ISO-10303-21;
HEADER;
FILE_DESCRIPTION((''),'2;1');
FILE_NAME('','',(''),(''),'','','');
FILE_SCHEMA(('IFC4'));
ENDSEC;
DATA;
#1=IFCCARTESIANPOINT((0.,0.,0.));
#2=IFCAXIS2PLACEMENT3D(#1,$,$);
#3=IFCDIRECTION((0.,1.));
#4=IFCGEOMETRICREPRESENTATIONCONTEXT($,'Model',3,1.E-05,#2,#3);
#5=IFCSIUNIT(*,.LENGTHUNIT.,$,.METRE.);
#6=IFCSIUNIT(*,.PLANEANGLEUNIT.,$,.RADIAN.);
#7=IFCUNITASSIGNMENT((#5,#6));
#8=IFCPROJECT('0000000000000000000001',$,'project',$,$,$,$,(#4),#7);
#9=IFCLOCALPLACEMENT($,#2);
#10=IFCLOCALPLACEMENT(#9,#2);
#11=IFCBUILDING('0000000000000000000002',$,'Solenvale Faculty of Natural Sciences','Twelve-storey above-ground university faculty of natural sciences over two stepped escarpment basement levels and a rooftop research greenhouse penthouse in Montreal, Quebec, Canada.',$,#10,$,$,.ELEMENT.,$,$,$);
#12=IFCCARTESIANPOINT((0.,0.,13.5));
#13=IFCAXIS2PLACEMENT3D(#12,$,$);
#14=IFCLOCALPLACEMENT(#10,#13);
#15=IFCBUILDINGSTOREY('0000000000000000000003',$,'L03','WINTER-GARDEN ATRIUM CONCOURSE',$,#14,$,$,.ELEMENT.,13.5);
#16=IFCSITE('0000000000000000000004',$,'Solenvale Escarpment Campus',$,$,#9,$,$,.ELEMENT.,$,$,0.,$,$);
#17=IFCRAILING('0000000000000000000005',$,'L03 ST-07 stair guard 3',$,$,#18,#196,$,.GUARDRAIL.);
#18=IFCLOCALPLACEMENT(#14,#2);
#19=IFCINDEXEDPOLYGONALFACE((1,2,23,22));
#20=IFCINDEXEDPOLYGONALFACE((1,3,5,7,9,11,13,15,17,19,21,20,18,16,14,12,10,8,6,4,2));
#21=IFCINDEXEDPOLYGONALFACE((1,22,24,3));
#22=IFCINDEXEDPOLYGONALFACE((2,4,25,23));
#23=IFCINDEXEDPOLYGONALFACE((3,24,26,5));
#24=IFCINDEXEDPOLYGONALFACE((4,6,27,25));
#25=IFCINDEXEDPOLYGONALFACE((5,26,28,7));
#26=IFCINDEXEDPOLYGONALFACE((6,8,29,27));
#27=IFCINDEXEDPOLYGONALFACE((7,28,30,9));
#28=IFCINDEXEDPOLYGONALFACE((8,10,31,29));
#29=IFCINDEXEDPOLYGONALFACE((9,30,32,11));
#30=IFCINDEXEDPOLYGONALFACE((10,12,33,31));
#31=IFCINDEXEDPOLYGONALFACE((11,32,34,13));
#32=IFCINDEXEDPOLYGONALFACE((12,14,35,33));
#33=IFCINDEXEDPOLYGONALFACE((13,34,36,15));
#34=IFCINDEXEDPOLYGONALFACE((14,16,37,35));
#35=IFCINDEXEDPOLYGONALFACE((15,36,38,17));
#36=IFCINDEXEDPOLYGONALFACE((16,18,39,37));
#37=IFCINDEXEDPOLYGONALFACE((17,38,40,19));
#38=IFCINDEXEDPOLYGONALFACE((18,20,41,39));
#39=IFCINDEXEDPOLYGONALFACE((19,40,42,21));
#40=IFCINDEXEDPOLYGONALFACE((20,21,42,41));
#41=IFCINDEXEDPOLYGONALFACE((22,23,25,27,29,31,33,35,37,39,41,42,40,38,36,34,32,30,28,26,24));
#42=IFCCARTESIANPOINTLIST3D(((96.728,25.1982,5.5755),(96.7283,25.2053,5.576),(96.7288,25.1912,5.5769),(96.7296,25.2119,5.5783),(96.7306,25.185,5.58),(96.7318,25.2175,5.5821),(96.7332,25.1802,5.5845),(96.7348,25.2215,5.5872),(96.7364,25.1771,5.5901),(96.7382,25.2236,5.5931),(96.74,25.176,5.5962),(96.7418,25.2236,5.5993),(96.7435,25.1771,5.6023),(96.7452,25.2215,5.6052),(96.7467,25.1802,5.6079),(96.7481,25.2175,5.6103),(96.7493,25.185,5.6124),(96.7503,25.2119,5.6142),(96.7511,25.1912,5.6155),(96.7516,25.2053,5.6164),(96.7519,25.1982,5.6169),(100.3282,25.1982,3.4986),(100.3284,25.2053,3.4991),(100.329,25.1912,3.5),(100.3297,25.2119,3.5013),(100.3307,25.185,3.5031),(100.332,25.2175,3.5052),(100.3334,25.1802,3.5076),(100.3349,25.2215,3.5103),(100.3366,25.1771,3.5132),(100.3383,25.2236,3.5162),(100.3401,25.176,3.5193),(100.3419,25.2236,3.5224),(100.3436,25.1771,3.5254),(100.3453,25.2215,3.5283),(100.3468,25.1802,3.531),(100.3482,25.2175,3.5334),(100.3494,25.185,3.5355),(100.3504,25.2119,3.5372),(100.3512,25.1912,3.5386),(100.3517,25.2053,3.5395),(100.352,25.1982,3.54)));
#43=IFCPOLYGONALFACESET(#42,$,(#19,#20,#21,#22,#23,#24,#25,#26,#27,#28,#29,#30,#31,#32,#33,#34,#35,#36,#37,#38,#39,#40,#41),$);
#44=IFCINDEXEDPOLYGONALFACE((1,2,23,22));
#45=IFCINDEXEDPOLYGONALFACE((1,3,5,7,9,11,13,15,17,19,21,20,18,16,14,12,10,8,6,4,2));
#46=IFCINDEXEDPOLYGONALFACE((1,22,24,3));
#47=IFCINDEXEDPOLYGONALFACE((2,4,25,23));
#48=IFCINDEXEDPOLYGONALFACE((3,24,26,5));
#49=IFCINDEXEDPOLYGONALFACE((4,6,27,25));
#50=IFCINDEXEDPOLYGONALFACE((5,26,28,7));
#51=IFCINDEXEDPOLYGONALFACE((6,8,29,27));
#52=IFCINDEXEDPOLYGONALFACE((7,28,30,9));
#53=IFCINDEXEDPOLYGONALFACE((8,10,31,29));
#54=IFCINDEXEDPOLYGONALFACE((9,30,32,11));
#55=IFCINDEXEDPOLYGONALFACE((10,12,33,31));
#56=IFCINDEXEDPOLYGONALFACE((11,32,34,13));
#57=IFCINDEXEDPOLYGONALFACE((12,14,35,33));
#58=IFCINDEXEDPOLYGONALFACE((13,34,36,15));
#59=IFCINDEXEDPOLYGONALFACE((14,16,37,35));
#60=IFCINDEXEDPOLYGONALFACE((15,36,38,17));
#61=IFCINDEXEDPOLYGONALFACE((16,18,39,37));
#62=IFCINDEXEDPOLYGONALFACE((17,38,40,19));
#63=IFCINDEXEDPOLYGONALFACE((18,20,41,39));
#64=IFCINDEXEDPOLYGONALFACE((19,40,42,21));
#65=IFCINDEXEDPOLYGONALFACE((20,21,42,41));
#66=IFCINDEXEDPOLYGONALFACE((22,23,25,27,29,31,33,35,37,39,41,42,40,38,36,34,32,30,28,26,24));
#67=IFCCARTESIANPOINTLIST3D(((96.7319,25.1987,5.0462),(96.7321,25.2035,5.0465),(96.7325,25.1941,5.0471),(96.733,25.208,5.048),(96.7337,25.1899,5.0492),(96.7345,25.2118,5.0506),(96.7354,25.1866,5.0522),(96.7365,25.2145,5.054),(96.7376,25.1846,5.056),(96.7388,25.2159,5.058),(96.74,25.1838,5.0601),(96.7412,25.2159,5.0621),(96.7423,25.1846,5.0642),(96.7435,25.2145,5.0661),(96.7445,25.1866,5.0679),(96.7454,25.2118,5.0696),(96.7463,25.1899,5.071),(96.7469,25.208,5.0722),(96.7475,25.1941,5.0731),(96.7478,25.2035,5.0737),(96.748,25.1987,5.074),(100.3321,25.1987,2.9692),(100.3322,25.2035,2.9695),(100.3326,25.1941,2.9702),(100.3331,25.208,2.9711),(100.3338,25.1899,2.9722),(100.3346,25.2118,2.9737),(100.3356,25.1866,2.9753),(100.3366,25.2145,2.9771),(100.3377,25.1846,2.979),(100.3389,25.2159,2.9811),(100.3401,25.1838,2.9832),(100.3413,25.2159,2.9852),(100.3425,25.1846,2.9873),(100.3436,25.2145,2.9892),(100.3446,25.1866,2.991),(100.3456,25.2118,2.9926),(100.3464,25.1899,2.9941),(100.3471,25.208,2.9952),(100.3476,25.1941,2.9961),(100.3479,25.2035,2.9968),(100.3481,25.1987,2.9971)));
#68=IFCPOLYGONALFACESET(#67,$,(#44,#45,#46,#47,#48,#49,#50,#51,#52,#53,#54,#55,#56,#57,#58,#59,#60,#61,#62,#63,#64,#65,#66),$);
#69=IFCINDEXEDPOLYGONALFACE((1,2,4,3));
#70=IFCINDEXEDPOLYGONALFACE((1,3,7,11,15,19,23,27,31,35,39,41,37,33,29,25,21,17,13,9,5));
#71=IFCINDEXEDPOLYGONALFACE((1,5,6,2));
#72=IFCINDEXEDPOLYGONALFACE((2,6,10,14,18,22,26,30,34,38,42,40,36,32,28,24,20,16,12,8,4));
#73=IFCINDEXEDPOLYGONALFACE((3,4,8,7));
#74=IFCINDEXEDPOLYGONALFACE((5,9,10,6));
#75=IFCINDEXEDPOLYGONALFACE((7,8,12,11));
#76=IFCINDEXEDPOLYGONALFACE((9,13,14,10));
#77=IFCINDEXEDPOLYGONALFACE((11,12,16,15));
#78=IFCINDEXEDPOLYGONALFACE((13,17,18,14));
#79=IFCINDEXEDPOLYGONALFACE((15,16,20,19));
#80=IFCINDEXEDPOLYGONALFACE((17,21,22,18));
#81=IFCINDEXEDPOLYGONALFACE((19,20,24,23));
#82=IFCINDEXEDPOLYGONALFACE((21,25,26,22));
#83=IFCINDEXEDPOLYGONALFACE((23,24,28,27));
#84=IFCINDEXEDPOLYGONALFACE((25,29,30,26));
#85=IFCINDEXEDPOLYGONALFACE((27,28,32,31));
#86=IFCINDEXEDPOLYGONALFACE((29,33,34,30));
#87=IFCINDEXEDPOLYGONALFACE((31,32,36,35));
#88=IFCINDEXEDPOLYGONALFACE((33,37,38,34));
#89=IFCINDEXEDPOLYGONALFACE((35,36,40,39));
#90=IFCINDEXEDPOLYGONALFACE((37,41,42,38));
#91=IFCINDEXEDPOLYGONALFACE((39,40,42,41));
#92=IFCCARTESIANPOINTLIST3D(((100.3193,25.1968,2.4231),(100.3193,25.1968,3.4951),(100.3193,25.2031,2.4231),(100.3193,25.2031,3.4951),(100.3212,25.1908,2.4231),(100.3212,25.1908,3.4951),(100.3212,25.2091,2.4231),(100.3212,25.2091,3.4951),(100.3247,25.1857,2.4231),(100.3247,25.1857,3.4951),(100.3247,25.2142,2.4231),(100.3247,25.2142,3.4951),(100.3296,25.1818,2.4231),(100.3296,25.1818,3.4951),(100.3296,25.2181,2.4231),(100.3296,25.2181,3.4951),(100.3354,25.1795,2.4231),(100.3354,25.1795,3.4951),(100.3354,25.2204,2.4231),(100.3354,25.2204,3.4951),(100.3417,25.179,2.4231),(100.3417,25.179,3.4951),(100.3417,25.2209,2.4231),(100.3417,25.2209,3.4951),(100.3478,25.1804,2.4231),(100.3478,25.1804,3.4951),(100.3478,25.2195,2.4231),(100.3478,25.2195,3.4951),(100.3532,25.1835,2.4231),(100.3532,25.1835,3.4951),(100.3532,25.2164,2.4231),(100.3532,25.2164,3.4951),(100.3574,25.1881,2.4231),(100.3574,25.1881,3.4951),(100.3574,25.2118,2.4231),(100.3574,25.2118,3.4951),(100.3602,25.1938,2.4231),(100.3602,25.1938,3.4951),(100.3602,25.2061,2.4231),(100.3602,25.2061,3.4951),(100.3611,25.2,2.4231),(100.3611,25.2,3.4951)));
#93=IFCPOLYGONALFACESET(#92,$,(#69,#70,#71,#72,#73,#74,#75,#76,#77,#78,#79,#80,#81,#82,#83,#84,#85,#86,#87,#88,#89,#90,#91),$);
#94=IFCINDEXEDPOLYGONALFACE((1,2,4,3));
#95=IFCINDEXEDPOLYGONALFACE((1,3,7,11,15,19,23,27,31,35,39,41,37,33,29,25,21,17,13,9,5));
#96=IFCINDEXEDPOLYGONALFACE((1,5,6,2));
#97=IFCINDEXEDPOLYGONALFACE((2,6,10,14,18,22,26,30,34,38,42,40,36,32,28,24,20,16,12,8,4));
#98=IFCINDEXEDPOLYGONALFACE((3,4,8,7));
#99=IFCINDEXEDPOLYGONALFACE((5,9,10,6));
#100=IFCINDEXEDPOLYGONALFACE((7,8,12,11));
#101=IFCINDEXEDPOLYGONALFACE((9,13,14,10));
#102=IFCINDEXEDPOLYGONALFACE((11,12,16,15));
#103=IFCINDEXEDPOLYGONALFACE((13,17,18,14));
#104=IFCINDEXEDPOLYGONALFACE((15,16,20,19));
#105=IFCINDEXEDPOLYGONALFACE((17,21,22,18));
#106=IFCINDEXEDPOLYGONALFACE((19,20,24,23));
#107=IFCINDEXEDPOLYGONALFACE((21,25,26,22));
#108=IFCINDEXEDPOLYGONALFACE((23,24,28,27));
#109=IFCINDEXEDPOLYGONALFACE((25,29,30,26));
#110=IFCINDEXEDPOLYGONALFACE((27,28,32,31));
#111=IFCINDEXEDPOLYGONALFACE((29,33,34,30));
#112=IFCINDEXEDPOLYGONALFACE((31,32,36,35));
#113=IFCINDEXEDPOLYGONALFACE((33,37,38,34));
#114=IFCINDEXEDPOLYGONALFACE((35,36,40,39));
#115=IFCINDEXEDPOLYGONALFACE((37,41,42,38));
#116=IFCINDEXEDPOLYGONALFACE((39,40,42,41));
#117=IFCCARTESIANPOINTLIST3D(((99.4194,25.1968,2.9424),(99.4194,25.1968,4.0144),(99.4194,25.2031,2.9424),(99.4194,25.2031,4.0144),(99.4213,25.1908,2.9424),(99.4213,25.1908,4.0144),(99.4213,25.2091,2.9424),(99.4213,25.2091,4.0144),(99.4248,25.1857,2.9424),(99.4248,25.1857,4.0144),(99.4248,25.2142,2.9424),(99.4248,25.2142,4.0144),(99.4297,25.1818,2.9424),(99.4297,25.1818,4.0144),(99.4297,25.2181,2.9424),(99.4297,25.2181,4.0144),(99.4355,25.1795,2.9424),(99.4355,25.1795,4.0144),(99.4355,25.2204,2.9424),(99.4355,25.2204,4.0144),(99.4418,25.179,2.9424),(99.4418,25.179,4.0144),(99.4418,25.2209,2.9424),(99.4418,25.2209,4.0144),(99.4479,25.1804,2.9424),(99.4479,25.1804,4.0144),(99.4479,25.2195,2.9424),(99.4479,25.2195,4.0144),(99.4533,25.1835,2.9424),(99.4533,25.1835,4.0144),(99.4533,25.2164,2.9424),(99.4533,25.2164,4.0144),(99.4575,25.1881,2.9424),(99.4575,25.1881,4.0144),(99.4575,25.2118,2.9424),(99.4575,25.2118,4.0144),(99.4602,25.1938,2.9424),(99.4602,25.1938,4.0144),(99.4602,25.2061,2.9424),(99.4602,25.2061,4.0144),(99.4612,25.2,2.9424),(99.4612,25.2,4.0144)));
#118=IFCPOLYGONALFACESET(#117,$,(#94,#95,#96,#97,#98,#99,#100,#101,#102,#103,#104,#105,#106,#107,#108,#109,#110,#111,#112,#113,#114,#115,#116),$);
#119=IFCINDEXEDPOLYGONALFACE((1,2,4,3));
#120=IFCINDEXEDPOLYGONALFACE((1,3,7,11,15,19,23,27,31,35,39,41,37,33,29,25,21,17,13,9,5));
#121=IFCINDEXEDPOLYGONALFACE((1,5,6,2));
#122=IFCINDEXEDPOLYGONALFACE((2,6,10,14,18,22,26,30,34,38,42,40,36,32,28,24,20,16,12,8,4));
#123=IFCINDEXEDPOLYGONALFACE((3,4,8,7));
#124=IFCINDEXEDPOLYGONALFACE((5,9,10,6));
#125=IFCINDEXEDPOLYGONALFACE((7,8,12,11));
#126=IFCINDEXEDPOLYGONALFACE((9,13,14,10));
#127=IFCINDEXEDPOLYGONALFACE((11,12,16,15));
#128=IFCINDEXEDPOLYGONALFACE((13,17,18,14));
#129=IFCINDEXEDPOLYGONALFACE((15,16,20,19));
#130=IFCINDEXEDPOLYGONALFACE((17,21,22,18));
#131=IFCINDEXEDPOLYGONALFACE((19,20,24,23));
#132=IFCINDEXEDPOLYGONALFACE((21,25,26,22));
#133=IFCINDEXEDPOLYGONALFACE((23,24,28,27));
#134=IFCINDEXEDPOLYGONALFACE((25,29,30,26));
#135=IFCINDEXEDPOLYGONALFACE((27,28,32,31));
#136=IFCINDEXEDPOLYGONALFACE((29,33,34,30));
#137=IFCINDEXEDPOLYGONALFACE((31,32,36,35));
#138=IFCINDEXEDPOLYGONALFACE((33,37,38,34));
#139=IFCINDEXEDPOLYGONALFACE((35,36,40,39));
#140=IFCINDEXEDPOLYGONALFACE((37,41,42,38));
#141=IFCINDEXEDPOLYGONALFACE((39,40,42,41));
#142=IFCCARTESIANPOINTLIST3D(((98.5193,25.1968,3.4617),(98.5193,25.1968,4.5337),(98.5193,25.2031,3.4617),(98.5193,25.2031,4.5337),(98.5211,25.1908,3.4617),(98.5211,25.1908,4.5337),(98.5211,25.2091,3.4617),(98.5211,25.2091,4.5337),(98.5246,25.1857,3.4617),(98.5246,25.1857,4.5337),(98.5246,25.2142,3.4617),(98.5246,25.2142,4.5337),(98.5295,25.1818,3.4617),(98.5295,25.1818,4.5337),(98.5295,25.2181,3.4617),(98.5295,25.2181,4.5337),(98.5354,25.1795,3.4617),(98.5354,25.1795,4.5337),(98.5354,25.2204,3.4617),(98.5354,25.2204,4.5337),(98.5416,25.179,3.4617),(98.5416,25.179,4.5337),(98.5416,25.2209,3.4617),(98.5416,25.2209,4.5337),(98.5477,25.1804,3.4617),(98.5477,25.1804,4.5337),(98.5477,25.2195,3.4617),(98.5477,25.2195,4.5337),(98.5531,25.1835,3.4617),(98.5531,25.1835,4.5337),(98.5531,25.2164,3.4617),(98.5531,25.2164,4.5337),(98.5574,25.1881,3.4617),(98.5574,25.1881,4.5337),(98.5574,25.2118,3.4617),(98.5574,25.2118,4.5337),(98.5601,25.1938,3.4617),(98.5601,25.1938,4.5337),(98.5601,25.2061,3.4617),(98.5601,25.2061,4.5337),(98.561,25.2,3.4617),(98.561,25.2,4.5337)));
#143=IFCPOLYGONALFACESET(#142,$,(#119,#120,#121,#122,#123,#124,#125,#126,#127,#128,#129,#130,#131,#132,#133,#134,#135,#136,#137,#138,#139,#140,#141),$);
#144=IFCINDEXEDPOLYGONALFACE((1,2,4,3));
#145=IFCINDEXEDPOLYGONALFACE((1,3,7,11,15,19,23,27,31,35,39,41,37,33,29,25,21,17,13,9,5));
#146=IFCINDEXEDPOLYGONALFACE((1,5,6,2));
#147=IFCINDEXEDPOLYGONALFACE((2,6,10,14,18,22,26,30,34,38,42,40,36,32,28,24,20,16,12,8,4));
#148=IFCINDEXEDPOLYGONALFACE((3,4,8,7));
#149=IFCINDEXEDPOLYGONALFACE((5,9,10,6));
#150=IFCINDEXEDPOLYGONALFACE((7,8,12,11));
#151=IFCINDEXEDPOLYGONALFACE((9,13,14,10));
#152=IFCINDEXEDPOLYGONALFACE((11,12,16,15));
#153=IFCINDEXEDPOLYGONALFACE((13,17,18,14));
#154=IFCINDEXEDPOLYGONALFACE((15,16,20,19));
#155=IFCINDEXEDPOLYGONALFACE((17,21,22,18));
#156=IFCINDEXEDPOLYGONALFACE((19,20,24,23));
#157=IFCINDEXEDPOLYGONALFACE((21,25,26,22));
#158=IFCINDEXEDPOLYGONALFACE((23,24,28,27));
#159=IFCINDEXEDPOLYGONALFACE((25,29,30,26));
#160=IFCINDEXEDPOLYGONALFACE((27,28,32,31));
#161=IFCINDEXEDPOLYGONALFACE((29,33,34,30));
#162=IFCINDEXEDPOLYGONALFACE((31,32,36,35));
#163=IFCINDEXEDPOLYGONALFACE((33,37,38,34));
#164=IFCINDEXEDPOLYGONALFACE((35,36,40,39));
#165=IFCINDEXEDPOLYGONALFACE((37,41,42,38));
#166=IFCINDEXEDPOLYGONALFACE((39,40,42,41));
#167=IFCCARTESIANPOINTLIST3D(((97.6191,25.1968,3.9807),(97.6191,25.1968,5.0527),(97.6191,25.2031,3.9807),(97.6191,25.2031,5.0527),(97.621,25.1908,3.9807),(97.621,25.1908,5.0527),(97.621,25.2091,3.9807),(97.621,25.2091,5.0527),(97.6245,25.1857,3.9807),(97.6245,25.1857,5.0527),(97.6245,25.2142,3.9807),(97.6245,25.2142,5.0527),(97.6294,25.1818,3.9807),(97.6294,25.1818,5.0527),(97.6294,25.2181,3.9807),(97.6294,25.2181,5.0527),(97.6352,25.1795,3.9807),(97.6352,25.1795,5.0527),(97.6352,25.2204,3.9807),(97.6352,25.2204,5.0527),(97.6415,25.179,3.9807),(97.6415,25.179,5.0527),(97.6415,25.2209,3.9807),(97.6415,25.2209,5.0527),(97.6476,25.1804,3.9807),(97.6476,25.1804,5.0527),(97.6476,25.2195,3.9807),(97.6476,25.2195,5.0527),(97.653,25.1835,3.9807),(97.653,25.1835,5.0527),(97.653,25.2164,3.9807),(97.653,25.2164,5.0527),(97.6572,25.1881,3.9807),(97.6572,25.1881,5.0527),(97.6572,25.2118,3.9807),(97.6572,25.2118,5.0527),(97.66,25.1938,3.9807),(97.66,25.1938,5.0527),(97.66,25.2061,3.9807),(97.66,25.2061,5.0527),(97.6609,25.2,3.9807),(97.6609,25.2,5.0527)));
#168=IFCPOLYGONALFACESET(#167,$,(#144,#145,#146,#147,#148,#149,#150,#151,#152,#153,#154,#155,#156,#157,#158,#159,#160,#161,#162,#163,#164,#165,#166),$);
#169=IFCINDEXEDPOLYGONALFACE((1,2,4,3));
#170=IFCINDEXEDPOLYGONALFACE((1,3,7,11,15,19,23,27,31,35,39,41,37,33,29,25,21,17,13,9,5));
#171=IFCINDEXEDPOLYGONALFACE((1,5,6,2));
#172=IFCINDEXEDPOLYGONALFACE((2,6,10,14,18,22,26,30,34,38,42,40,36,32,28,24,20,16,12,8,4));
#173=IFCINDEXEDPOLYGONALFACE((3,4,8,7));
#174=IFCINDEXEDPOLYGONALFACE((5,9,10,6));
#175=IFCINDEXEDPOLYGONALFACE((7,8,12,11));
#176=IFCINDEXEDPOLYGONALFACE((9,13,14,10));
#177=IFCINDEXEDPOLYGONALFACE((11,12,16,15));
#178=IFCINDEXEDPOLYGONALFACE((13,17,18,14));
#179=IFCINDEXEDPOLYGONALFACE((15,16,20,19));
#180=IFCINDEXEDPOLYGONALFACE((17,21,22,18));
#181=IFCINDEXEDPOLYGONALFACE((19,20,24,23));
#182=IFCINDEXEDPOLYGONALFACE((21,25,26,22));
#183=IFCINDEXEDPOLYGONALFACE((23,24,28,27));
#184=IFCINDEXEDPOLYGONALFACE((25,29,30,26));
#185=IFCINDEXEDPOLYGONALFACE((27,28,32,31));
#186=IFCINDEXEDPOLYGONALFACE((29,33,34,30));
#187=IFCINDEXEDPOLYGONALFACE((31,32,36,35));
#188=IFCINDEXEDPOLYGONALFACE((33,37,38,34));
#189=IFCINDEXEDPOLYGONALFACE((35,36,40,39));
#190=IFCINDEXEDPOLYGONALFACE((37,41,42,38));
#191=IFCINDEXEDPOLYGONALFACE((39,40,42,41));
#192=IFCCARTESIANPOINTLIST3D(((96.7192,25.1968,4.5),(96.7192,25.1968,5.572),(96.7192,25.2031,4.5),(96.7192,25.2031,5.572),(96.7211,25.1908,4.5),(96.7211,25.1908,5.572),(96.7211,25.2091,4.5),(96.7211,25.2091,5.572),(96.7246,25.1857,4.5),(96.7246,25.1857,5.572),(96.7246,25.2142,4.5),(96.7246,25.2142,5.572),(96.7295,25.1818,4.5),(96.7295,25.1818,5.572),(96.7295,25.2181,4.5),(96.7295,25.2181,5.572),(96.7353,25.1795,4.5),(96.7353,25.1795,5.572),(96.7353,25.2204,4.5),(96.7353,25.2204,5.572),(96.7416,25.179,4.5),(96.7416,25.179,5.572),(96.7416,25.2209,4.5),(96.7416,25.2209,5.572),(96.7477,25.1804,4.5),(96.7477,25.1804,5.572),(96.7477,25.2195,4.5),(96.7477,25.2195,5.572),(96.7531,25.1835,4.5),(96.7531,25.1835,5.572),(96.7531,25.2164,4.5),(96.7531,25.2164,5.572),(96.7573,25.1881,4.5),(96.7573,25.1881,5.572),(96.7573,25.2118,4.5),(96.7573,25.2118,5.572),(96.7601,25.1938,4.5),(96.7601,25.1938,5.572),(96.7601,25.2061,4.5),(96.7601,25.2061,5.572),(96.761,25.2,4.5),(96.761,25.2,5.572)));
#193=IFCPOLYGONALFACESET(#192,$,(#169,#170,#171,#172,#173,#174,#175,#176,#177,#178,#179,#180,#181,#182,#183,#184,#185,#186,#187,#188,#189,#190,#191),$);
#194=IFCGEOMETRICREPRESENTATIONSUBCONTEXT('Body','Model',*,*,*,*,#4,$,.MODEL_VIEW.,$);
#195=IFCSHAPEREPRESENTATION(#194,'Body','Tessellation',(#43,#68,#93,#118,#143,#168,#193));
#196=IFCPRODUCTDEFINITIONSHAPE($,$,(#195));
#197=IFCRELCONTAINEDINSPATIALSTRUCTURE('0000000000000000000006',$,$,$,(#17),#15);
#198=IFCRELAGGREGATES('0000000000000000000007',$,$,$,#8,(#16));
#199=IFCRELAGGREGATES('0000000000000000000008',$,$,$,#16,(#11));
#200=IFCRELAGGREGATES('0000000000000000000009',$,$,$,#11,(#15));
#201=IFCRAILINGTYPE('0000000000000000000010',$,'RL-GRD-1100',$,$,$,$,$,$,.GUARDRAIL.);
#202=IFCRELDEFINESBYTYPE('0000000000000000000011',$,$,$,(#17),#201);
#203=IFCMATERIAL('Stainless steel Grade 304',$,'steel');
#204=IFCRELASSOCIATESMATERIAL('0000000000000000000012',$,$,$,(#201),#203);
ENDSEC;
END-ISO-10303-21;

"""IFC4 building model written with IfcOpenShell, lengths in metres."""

from ifc_helpers import new_model, si_unit, direction, frame, origin, origin_2d, place, context, subcontext, project, spatial, circle, extrude, material, type_object, element, save


model = new_model("IFC4")

# Units and contexts
model_context = context("Model", 3, precision=1e-05, world=origin(), true_north=direction((0.0, 1.0)))
body_context = subcontext(model_context, "Body", "Model", "MODEL_VIEW")
ifc_project = project(units=[si_unit("LENGTHUNIT", "METRE"), si_unit("PLANEANGLEUNIT", "RADIAN")], contexts=[model_context])

# Site, building, storey
site_placement = place(None, origin())
site = spatial("IfcSite", under=ifc_project, at=site_placement, Name="Solenvale Escarpment Campus", CompositionType="ELEMENT", RefElevation=0.0)
building_placement = place(site_placement, origin())
building = spatial("IfcBuilding", under=site, at=building_placement, Name="Solenvale Faculty of Natural Sciences", Description="Twelve-storey above-ground university faculty of natural sciences over two stepped escarpment basement levels and a rooftop research greenhouse penthouse in Montreal, Quebec, Canada.", CompositionType="ELEMENT")
storey_placement = place(building_placement, frame((0.0, 0.0, 13.5)))
storey = spatial("IfcBuildingStorey", under=building, at=storey_placement, Name="L03", Description="WINTER-GARDEN ATRIUM CONCOURSE", CompositionType="ELEMENT", Elevation=13.5)

# Railing
ifc_material_1 = material(Name="Stainless steel Grade 304", Category="steel")
railing_type_1 = type_object("IfcRailingType", Name="RL-GRD-1100", PredefinedType="GUARDRAIL", material=ifc_material_1)
railing_1_placement = place(storey_placement, frame((100.3401, 25.2, 2.4231)))
element("IfcRailing", 1, at=railing_1_placement, inside=storey, type_object=railing_type_1, Name="L03 ST-07 stair guard 3", PredefinedType="GUARDRAIL", context=body_context, shape_type="SweptSolid", body=[
    extrude(circle(Radius=0.0239, at=origin_2d()), frame((0.0, 0.0, 1.0962), z_axis=(-0.866193, 0.0, 0.499709), x_axis=(0.0, -1.0, 0.0)), (0.0, 0.0, 1.0), 4.1562),
    extrude(circle(Radius=0.0161, at=origin_2d()), frame((0.0, 0.0, 0.5601), z_axis=(-0.866193, 0.0, 0.499709), x_axis=(0.0, -1.0, 0.0)), (0.0, 0.0, 1.0), 4.1562),
    extrude(circle(Radius=0.021, at=origin_2d()), origin(), (0.0, 0.0, 1.0), 1.072),
    extrude(circle(Radius=0.021, at=origin_2d()), frame((-0.8999, 0.0, 0.5193)), (0.0, 0.0, 1.0), 1.072),
    extrude(circle(Radius=0.021, at=origin_2d()), frame((-1.8, 0.0, 1.0386)), (0.0, 0.0, 1.0), 1.072),
    extrude(circle(Radius=0.021, at=origin_2d()), frame((-2.7002, 0.0, 1.5576)), (0.0, 0.0, 1.0), 1.072),
    extrude(circle(Radius=0.021, at=origin_2d()), frame((-3.6001, 0.0, 2.0769)), (0.0, 0.0, 1.0), 1.072),
])

save(model, "model.ifc")
